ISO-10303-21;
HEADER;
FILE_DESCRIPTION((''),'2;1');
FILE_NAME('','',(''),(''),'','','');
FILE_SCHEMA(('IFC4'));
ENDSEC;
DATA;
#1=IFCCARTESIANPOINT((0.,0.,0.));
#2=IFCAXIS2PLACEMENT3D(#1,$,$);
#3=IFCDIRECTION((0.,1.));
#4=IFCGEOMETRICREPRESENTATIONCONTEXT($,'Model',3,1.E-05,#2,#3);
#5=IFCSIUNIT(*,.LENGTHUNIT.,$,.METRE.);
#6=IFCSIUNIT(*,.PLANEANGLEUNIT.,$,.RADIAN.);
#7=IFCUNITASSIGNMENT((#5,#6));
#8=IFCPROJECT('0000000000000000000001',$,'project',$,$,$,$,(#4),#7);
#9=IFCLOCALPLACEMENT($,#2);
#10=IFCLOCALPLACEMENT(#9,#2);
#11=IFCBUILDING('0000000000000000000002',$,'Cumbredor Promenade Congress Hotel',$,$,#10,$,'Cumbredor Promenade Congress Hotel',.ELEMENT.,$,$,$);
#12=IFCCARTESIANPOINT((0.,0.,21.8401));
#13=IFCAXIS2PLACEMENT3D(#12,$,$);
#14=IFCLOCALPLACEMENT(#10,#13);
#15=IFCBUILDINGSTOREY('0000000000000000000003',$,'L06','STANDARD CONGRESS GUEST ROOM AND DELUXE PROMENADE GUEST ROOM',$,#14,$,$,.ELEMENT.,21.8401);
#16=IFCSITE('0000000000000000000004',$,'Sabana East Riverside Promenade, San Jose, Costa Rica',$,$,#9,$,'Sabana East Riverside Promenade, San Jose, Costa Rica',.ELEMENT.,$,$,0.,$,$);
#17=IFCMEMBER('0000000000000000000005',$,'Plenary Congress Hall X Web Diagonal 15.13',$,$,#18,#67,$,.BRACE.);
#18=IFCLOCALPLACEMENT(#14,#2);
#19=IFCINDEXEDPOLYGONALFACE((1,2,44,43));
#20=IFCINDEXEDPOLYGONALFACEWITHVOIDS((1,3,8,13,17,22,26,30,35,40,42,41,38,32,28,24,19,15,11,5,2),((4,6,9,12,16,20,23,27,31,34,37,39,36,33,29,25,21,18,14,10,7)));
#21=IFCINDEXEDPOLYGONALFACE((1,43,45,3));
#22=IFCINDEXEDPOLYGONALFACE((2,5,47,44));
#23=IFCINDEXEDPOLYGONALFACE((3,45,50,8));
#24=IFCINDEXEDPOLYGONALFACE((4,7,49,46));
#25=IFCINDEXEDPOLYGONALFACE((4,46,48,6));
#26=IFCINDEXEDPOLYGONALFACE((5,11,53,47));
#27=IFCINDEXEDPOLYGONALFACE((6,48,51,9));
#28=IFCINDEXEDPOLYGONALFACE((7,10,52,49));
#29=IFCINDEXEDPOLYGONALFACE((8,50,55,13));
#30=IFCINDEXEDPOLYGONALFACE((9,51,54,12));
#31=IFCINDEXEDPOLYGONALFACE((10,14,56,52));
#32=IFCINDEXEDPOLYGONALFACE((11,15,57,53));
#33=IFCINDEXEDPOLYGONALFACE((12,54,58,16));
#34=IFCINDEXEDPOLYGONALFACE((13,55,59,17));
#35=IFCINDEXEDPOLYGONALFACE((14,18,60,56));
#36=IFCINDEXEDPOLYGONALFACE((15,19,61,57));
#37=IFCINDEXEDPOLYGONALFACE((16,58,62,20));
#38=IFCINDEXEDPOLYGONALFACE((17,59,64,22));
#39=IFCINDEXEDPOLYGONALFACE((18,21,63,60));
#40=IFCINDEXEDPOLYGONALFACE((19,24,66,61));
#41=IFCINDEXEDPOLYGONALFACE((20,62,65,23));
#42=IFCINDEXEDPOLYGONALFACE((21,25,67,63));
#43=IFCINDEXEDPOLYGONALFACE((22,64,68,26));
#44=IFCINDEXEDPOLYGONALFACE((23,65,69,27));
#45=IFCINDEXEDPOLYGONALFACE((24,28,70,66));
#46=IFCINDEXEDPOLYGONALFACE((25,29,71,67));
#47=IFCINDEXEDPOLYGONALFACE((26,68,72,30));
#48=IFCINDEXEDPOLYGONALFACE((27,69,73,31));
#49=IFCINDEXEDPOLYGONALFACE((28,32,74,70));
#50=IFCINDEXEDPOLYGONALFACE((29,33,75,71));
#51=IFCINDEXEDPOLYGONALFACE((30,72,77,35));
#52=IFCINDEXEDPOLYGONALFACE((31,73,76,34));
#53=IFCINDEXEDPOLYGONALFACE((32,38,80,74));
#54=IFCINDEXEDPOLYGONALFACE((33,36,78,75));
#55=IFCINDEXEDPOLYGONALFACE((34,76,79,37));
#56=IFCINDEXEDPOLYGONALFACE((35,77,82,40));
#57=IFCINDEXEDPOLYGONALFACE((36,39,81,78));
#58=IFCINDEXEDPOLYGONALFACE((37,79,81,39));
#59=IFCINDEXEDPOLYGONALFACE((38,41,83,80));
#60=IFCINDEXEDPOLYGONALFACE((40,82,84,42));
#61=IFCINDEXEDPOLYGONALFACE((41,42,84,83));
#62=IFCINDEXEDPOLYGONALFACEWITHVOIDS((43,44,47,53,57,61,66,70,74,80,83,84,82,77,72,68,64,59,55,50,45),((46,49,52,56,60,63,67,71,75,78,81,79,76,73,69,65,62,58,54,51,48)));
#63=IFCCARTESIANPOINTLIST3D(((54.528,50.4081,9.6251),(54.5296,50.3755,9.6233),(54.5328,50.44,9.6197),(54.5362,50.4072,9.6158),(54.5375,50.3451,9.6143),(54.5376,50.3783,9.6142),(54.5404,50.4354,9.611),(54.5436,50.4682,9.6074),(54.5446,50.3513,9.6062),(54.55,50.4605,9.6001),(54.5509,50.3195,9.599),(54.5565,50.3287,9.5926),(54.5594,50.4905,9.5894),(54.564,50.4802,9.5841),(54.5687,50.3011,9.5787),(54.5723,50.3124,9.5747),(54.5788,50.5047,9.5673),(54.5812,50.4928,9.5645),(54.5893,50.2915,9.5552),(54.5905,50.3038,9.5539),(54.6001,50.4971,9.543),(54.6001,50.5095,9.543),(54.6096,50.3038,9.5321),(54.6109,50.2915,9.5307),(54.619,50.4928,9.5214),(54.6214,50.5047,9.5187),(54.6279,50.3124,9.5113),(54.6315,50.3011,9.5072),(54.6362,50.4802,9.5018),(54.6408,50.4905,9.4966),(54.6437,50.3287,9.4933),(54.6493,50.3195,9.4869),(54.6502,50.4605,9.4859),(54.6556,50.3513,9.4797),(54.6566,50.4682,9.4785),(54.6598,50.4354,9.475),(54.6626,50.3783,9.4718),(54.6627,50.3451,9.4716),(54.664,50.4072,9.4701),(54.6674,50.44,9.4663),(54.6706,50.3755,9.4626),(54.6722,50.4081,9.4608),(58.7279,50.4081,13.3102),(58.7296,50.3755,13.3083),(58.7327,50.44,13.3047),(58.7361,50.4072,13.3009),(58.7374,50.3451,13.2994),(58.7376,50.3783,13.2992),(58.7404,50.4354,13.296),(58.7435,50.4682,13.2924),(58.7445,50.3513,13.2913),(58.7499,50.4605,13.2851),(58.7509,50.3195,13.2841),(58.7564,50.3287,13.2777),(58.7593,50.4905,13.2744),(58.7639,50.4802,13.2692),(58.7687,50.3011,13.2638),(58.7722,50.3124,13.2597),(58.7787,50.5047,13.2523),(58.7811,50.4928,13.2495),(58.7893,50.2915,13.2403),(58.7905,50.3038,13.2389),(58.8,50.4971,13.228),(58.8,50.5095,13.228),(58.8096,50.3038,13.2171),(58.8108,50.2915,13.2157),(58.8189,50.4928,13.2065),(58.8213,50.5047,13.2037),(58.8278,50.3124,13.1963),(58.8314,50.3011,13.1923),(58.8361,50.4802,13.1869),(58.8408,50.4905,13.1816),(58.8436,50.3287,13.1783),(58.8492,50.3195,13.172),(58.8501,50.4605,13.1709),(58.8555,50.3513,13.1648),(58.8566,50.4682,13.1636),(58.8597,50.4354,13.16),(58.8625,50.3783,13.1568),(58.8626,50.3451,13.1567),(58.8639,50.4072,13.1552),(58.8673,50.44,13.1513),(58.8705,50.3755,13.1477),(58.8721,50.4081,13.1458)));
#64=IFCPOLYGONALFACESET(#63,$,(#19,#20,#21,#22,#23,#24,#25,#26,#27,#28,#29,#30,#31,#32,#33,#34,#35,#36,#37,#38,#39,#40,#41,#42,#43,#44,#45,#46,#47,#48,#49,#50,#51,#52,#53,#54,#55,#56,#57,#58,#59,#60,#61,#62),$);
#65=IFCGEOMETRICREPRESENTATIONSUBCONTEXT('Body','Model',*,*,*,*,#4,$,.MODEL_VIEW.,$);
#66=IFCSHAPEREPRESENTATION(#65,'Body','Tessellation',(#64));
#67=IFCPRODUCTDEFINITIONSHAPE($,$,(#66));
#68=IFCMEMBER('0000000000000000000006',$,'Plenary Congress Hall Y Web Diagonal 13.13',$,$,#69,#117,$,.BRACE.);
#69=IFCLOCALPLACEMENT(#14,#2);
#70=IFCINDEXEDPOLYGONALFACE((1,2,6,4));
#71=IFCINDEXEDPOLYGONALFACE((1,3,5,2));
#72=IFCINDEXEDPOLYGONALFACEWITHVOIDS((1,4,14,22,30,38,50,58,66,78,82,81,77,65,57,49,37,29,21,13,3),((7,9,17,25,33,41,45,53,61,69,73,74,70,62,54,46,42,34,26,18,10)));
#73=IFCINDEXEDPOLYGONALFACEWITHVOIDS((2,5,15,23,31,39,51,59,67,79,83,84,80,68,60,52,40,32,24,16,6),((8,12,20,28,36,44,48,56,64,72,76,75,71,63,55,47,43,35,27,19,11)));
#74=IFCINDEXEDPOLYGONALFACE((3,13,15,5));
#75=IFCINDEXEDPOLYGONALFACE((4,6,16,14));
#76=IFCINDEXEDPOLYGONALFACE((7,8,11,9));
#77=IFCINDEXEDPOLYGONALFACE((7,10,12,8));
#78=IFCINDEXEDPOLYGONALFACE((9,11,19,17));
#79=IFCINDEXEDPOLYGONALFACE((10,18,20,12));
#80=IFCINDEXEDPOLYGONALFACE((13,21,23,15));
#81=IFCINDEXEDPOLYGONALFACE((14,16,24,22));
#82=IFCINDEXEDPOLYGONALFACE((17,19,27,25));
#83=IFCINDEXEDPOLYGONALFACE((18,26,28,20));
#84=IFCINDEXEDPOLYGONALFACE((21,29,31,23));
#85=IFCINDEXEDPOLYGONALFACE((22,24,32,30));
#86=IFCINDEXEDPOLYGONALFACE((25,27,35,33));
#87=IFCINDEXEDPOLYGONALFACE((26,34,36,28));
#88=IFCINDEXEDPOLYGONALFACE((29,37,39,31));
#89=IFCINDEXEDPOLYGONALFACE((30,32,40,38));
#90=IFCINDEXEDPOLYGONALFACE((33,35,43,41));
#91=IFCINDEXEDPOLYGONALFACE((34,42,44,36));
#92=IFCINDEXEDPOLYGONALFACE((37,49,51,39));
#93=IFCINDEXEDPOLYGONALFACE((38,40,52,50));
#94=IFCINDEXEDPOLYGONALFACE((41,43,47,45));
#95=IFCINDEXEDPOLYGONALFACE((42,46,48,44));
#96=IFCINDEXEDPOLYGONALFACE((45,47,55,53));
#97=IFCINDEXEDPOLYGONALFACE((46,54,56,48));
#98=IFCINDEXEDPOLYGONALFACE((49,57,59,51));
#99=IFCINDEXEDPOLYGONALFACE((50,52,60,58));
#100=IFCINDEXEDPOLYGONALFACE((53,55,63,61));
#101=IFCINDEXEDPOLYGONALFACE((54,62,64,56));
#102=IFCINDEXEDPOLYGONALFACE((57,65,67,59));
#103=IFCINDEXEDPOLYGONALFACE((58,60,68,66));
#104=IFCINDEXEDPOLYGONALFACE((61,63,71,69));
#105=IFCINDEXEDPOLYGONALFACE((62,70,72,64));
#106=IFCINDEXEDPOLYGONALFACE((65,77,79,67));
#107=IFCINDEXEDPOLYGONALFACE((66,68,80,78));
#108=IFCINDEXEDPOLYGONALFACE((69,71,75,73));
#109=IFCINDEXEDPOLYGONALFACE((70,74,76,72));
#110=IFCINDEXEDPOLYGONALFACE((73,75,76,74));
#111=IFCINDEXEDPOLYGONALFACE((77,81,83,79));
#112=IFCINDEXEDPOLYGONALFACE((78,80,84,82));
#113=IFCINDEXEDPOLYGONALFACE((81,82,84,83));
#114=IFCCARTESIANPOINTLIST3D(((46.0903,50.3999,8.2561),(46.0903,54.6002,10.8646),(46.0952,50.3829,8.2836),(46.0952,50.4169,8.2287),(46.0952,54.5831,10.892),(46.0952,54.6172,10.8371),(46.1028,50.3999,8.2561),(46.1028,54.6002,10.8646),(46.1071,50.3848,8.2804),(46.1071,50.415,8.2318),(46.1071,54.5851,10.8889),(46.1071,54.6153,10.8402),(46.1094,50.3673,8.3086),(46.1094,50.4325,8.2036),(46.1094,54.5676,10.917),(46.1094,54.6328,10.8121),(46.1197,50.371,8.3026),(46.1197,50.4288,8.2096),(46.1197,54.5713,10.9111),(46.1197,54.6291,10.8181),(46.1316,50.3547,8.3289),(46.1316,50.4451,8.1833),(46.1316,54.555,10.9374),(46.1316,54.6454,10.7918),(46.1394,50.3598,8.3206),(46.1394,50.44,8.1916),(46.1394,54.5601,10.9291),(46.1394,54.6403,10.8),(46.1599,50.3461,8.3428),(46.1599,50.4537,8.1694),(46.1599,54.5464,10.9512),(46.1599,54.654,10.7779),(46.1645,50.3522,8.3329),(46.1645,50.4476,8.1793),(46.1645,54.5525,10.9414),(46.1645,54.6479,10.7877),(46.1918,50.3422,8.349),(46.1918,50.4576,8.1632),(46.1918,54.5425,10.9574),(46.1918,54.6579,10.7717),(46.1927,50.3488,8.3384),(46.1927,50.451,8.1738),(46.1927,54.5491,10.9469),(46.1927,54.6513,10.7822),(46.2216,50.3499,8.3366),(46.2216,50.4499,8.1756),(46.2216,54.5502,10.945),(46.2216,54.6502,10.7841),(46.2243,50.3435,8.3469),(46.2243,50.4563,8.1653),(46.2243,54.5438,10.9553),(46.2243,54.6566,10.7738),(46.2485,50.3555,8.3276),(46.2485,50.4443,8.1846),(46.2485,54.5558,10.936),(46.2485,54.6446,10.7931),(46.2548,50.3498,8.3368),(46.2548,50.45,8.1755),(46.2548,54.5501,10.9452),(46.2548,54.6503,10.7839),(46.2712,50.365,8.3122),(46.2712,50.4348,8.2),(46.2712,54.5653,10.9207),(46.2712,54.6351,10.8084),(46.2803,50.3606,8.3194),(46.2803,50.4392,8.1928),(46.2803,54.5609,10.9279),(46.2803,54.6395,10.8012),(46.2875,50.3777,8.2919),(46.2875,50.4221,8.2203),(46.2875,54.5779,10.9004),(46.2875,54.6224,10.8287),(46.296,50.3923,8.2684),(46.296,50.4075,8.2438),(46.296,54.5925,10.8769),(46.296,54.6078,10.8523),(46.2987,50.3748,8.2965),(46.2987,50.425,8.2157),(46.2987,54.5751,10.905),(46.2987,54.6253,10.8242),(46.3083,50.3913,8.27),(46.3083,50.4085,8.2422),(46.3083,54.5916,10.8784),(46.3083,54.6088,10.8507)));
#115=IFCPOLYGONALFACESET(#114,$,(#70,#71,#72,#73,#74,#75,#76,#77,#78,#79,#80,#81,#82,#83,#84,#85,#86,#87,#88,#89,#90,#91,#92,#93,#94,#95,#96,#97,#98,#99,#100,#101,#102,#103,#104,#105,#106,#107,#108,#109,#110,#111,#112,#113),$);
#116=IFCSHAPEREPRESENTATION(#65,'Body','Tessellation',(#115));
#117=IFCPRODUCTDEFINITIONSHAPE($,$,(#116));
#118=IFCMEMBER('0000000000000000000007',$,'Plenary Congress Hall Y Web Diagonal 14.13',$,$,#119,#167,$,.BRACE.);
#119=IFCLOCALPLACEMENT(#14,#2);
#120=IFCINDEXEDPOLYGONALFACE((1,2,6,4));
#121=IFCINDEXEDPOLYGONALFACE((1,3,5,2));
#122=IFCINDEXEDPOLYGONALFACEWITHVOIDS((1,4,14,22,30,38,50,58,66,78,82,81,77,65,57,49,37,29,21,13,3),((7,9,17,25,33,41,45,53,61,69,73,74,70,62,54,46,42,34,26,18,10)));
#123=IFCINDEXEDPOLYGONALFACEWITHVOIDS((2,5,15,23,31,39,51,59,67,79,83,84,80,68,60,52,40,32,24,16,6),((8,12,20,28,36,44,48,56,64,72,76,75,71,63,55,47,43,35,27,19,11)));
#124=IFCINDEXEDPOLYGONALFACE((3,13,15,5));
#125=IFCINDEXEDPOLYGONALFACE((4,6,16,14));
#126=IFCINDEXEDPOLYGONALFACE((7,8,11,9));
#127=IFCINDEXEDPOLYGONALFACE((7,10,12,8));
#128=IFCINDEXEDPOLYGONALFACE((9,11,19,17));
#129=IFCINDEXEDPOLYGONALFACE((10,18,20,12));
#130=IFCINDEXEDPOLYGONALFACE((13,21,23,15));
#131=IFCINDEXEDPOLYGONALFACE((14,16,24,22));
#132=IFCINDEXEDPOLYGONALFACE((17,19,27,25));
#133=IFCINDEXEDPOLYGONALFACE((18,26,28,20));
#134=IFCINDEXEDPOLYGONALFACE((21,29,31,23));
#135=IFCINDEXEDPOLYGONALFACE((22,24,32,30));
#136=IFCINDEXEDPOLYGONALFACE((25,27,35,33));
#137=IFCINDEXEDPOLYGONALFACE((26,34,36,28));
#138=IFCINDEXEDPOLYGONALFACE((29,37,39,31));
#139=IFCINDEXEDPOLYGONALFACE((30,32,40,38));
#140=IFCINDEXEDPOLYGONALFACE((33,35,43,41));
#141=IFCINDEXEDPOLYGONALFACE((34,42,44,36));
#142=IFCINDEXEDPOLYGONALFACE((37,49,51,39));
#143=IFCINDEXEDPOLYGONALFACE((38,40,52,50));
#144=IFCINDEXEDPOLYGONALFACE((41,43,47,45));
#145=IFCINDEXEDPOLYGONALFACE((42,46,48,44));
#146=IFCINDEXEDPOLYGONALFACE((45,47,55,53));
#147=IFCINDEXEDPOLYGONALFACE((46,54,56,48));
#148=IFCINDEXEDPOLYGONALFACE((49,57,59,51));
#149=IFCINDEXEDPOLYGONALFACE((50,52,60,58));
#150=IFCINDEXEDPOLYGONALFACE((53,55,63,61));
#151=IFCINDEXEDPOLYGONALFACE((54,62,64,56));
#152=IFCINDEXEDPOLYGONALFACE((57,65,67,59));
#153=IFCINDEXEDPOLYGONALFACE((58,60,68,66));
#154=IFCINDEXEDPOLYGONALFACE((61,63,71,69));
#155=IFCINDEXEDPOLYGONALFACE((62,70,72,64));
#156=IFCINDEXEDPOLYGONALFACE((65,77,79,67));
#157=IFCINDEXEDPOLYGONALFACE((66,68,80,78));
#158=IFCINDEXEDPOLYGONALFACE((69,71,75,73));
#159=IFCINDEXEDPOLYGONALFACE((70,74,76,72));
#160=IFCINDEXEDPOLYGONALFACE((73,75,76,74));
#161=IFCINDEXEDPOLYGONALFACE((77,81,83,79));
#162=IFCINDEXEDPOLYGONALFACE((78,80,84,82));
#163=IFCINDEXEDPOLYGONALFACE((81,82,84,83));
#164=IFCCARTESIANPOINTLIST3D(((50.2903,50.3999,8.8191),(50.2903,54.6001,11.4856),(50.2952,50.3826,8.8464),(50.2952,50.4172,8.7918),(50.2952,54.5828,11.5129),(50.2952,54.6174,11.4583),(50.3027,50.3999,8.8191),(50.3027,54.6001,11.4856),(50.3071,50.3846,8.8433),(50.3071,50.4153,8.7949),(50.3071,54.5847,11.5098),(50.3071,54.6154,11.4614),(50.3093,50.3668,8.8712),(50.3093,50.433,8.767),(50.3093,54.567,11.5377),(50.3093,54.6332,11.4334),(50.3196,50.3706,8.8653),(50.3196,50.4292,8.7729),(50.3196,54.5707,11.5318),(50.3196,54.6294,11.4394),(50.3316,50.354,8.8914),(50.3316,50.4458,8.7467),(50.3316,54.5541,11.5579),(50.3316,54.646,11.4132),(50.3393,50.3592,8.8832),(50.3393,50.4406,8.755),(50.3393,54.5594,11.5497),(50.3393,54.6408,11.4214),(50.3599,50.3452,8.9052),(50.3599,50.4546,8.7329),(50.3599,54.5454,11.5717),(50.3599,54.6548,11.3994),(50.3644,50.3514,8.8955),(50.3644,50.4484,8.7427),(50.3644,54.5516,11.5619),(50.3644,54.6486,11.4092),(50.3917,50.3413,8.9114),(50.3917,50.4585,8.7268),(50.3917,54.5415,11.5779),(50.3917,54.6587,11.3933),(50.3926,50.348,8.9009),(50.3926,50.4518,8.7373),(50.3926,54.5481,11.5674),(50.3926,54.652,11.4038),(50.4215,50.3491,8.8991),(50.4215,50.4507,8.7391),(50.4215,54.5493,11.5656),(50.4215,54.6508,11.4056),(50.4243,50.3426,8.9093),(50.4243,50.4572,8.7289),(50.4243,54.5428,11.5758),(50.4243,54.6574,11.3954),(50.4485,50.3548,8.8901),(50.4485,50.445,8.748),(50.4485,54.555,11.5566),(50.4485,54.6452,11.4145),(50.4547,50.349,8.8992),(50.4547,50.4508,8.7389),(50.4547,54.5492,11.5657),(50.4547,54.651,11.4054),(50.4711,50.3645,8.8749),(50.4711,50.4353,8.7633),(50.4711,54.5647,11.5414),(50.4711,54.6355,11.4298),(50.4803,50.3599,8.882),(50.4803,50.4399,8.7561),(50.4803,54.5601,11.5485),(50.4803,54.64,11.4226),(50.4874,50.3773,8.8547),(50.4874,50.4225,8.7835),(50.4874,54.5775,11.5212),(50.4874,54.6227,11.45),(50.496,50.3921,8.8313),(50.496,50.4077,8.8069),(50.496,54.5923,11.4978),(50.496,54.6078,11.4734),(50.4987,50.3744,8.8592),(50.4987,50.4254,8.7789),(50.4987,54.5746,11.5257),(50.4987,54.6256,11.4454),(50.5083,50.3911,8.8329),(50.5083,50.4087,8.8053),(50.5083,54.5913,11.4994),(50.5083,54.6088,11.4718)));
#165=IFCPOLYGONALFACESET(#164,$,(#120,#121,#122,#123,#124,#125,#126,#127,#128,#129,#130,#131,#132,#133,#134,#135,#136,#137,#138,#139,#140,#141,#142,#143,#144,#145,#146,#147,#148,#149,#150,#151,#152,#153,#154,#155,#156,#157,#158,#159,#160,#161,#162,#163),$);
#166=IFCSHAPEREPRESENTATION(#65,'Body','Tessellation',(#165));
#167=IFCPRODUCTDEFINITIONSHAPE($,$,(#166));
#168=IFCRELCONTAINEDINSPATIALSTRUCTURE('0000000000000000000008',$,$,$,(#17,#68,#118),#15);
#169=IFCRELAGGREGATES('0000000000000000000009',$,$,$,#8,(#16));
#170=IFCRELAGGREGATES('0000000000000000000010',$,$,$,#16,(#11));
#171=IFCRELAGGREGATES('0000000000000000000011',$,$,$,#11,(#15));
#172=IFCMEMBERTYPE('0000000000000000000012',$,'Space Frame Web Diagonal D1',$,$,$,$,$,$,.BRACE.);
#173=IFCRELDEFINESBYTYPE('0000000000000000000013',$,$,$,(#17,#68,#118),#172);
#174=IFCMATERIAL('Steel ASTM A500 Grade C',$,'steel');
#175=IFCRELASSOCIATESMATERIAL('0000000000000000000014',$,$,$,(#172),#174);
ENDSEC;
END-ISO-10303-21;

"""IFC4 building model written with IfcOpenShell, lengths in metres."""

from ifc_helpers import new_model, si_unit, direction, frame, origin, origin_2d, place, context, subcontext, project, spatial, hollow_circle, extrude, material, material_profile, profile_set, type_object, element, save


model = new_model("IFC4")

# Units and contexts
model_context = context("Model", 3, precision=1e-05, world=origin(), true_north=direction((0.0, 1.0)))
body_context = subcontext(model_context, "Body", "Model", "MODEL_VIEW")
ifc_project = project(units=[si_unit("LENGTHUNIT", "METRE"), si_unit("PLANEANGLEUNIT", "RADIAN")], contexts=[model_context])

# Site, building, storey
site_placement = place(None, origin())
site = spatial("IfcSite", under=ifc_project, at=site_placement, Name="Sabana East Riverside Promenade, San Jose, Costa Rica", LongName="Sabana East Riverside Promenade, San Jose, Costa Rica", CompositionType="ELEMENT", RefElevation=0.0)
building_placement = place(site_placement, origin())
building = spatial("IfcBuilding", under=site, at=building_placement, Name="Cumbredor Promenade Congress Hotel", LongName="Cumbredor Promenade Congress Hotel", CompositionType="ELEMENT")
storey_placement = place(building_placement, frame((0.0, 0.0, 21.8401)))
storey = spatial("IfcBuildingStorey", under=building, at=storey_placement, Name="L06", Description="STANDARD CONGRESS GUEST ROOM AND DELUXE PROMENADE GUEST ROOM", CompositionType="ELEMENT", Elevation=21.8401)

# Members
ifc_material_1 = material(Name="Steel ASTM A500 Grade C", Category="steel")
ifc_material_profile_1 = material_profile(ifc_material_1, hollow_circle(Radius=0.1096, WallThickness=0.0125, at=origin_2d()), Name="CHS 219.1x12.5")
ifc_profile_set_1 = profile_set([ifc_material_profile_1], Name="Steel ASTM A500 Grade C")
member_type_1 = type_object("IfcMemberType", Name="Space Frame Web Diagonal D1", PredefinedType="BRACE", material=ifc_profile_set_1)
member_1_placement = place(storey_placement, frame((54.6001, 50.3999, 9.543), z_axis=(0.75168, 0.0, 0.659528), x_axis=(0.0, 1.0, 0.0)))
element("IfcMember", 1, at=member_1_placement, inside=storey, type_object=member_type_1, Name="Plenary Congress Hall X Web Diagonal 15.13", PredefinedType="BRACE", context=body_context, shape_type="SweptSolid", body=[
    extrude(hollow_circle(Radius=0.1096, WallThickness=0.0125, at=origin_2d()), origin(), (0.0, 0.0, 1.0), 5.5874),
])
member_2_placement = place(storey_placement, frame((46.2, 50.3999, 8.2561), z_axis=(0.0, 0.849515, 0.527564), x_axis=(-1.0, 0.0, 0.0)))
element("IfcMember", 2, at=member_2_placement, inside=storey, type_object=member_type_1, Name="Plenary Congress Hall Y Web Diagonal 13.13", PredefinedType="BRACE", context=body_context, shape_type="SweptSolid", body=[
    extrude(hollow_circle(Radius=0.1096, WallThickness=0.0125, at=origin_2d()), origin(), (0.0, 0.0, 1.0), 4.9443),
])
member_3_placement = place(storey_placement, frame((50.3999, 50.3999, 8.8191), z_axis=(0.0, 0.844239, 0.535967), x_axis=(-1.0, 0.0, 0.0)))
element("IfcMember", 3, at=member_3_placement, inside=storey, type_object=member_type_1, Name="Plenary Congress Hall Y Web Diagonal 14.13", PredefinedType="BRACE", context=body_context, shape_type="SweptSolid", body=[
    extrude(hollow_circle(Radius=0.1096, WallThickness=0.0125, at=origin_2d()), origin(), (0.0, 0.0, 1.0), 4.9751),
])

save(model, "model.ifc")
